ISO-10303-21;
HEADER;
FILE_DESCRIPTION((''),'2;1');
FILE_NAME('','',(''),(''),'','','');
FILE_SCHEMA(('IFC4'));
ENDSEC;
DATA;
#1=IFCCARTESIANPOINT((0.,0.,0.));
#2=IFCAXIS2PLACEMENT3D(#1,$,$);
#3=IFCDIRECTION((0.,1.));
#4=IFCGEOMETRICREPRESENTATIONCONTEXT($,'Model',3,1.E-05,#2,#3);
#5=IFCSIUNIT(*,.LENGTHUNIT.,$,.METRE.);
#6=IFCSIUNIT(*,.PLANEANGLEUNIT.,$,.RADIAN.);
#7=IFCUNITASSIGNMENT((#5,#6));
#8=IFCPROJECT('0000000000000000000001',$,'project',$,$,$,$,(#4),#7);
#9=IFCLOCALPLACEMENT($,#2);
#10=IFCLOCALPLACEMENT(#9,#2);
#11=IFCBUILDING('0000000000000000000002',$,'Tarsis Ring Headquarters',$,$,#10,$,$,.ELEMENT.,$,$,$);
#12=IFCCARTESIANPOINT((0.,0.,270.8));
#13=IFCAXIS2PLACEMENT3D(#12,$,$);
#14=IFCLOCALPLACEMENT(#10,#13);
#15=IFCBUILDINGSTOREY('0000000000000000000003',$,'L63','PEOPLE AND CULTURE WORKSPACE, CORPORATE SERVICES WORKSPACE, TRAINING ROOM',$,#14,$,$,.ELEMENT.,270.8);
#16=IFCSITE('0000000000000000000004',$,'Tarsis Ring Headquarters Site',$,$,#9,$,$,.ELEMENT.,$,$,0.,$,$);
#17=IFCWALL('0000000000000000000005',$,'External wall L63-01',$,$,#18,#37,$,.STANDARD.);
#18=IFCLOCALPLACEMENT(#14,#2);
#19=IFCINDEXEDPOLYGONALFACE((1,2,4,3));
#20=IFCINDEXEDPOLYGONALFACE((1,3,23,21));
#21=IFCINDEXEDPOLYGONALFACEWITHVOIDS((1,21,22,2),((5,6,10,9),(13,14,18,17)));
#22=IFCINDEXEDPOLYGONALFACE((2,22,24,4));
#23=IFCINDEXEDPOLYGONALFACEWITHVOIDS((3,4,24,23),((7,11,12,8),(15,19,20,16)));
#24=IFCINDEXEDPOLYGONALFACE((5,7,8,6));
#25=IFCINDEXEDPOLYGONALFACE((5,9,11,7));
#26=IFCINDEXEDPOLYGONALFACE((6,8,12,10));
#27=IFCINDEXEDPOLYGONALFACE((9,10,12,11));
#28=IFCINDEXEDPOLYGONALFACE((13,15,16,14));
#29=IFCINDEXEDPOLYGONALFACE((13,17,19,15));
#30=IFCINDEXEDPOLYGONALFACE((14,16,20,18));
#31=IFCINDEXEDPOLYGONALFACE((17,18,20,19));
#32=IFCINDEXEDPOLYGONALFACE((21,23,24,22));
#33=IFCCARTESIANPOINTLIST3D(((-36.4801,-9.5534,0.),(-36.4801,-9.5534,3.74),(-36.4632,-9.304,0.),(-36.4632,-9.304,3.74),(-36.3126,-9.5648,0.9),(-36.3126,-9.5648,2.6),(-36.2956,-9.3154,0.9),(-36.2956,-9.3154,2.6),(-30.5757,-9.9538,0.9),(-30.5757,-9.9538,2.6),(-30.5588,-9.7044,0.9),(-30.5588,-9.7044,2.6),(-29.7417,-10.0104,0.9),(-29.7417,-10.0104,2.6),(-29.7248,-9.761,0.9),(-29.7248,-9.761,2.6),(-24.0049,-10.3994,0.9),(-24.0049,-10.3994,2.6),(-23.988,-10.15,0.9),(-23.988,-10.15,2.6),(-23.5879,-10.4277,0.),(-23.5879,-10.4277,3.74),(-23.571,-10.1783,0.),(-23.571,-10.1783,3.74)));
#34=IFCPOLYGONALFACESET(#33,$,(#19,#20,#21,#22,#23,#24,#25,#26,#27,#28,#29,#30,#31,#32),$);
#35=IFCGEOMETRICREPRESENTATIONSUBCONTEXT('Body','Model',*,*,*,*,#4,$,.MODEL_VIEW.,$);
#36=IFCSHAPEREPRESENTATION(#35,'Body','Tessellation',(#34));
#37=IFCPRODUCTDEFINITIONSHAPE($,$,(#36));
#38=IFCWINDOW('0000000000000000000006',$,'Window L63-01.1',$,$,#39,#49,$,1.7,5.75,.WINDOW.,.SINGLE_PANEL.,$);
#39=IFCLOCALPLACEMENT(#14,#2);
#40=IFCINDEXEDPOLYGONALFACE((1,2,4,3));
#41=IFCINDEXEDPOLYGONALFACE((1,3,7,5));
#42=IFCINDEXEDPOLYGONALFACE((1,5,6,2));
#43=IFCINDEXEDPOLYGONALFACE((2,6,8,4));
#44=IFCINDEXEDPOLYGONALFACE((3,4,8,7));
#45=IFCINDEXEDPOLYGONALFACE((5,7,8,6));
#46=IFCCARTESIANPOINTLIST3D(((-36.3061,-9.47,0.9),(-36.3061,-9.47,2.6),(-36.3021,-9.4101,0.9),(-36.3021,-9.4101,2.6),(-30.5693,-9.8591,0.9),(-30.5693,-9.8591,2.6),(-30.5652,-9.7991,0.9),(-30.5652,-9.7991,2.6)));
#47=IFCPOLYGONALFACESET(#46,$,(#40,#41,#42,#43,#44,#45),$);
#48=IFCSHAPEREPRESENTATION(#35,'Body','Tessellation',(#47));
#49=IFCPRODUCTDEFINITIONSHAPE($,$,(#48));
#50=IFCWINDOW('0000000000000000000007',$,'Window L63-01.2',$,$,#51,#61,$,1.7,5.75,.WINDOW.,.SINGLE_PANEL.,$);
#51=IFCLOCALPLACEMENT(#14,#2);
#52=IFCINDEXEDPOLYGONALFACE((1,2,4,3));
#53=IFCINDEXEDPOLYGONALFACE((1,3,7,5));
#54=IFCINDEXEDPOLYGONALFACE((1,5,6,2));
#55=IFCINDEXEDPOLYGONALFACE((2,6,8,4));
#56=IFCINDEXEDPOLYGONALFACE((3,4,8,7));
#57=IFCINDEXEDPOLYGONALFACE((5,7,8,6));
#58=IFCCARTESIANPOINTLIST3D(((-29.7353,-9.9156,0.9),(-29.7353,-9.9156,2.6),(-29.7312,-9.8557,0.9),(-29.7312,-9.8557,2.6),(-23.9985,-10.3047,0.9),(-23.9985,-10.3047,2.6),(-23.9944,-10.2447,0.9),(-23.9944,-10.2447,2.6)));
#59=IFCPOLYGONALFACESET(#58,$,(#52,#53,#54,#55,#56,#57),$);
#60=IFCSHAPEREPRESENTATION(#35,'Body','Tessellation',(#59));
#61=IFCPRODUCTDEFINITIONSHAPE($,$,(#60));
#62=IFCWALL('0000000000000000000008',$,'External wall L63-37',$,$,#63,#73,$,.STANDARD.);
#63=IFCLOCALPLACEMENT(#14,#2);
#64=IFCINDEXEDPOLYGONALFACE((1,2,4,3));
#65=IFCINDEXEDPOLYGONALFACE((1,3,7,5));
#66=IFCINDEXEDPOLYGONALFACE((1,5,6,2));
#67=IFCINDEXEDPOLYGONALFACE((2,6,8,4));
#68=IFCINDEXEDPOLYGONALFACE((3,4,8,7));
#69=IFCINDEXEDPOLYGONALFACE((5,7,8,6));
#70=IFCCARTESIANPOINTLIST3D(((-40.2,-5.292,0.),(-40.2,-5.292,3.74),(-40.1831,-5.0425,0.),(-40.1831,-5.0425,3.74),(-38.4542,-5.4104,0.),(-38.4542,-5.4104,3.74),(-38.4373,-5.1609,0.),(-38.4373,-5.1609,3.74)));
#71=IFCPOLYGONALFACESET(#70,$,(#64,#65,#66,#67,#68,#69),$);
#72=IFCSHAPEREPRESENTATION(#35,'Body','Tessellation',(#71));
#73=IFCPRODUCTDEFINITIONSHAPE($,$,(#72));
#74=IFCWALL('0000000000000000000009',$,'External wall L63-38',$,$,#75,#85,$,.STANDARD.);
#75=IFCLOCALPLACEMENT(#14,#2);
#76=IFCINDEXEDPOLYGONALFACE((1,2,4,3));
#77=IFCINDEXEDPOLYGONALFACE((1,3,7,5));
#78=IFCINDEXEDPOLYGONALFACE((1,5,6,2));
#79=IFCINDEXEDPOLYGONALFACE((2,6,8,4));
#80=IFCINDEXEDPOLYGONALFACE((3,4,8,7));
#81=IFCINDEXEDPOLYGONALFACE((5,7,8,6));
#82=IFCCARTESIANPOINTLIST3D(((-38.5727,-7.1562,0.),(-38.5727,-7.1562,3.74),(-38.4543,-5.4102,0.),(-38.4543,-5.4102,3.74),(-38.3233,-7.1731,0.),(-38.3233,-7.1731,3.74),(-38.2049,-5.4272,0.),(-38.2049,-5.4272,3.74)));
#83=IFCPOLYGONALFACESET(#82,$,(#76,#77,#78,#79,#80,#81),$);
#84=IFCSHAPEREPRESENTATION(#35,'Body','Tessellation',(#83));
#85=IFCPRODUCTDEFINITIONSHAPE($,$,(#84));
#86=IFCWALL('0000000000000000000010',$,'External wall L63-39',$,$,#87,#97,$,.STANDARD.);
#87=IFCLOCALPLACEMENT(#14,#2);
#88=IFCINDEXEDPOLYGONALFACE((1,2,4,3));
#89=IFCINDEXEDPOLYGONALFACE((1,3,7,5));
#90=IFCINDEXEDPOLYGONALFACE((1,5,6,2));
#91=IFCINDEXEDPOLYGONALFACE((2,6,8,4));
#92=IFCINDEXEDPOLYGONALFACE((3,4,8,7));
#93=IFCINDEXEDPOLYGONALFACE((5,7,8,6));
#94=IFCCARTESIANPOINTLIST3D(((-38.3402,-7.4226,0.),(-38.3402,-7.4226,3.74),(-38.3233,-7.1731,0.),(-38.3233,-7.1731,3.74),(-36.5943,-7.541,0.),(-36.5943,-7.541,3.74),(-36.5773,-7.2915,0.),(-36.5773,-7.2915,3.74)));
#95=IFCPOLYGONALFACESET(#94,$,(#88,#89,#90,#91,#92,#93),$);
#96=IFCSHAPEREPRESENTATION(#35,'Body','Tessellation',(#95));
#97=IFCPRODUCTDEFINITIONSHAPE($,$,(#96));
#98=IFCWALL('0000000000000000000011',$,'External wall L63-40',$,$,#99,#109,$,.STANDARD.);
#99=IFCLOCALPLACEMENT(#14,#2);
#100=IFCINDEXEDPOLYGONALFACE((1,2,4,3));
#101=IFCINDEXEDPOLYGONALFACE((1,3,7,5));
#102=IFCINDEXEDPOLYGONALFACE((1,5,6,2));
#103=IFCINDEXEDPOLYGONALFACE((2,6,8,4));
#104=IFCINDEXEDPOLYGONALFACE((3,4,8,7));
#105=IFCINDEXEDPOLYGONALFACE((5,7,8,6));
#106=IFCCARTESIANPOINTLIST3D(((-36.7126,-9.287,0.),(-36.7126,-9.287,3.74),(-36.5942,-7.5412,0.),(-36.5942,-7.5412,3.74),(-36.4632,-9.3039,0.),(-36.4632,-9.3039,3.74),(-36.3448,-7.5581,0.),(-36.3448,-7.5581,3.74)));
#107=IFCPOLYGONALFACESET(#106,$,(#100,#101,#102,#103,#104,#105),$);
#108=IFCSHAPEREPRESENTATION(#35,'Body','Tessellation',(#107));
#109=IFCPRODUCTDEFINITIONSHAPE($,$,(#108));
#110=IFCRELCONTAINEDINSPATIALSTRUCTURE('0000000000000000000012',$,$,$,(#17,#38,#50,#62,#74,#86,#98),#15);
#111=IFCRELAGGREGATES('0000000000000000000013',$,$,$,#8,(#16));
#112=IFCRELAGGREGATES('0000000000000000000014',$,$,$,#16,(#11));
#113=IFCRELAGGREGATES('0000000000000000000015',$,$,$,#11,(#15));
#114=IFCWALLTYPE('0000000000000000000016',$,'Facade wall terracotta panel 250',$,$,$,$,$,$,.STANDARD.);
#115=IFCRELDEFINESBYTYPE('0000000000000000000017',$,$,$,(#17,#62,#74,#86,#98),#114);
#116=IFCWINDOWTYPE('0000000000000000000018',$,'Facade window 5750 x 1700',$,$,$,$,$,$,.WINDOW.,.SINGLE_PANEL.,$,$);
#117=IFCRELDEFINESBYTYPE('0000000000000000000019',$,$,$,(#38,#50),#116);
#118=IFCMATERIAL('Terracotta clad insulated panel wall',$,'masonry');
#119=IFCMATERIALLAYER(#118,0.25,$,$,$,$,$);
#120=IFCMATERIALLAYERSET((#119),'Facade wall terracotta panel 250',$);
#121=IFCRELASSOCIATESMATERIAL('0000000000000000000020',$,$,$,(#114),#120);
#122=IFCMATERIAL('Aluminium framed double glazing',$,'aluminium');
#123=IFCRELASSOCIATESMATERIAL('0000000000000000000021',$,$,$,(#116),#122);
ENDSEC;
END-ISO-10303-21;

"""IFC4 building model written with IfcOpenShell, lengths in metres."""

from ifc_helpers import new_model, si_unit, direction, frame, frame_2d, origin, place, context, subcontext, project, spatial, rectangle, extrude, material, layer, layer_set, type_object, element, fill, save


model = new_model("IFC4")

# Units and contexts
model_context = context("Model", 3, precision=1e-05, world=origin(), true_north=direction((0.0, 1.0)))
body_context = subcontext(model_context, "Body", "Model", "MODEL_VIEW")
ifc_project = project(units=[si_unit("LENGTHUNIT", "METRE"), si_unit("PLANEANGLEUNIT", "RADIAN")], contexts=[model_context])

# Site, building, storey
site_placement = place(None, origin())
site = spatial("IfcSite", under=ifc_project, at=site_placement, Name="Tarsis Ring Headquarters Site", CompositionType="ELEMENT", RefElevation=0.0)
building_placement = place(site_placement, origin())
building = spatial("IfcBuilding", under=site, at=building_placement, Name="Tarsis Ring Headquarters", CompositionType="ELEMENT")
storey_placement = place(building_placement, frame((0.0, 0.0, 270.8)))
storey = spatial("IfcBuildingStorey", under=building, at=storey_placement, Name="L63", Description="PEOPLE AND CULTURE WORKSPACE, CORPORATE SERVICES WORKSPACE, TRAINING ROOM", CompositionType="ELEMENT", Elevation=270.8)

# Wall, openings, windows
ifc_material_1 = material(Name="Terracotta clad insulated panel wall", Category="masonry")
ifc_layer = layer(ifc_material_1, 0.25)
ifc_layer_set = layer_set([ifc_layer], Name="Facade wall terracotta panel 250")
wall_type = type_object("IfcWallType", Name="Facade wall terracotta panel 250", PredefinedType="STANDARD", material=ifc_layer_set)
wall_1_placement = place(storey_placement, frame((-36.4717, -9.4287, 0.0), z_axis=(0.0, 0.0, 1.0), x_axis=(0.997709, -0.067658, 0.0)))
wall_1 = element("IfcWall", 1, at=wall_1_placement, inside=storey, type_object=wall_type, Name="External wall L63-01", PredefinedType="STANDARD", context=body_context, shape_type="SweptSolid", body=[
    extrude(rectangle(XDim=12.9219, YDim=0.25, at=frame_2d((6.4609, 0.0))), origin(), (0.0, 0.0, 1.0), 3.74),
])
opening_1_placement = place(wall_1_placement, frame((0.168, 0.0, 0.8999)))
opening_1 = element("IfcOpeningElement", 2, at=opening_1_placement, cuts=wall_1, PredefinedType="OPENING", context=body_context, shape_type="SweptSolid", body=[
    extrude(rectangle(XDim=5.75, YDim=1.7, at=frame_2d((2.875, 0.8501))), frame((0.0, 0.135, 0.0), z_axis=(0.0, -1.0, 0.0), x_axis=(1.0, 0.0, 0.0)), (0.0, 0.0, 1.0), 0.27),
])
opening_2_placement = place(wall_1_placement, frame((6.7539, 0.0, 0.8999)))
opening_2 = element("IfcOpeningElement", 3, at=opening_2_placement, cuts=wall_1, PredefinedType="OPENING", context=body_context, shape_type="SweptSolid", body=[
    extrude(rectangle(XDim=5.75, YDim=1.7, at=frame_2d((2.875, 0.8501))), frame((0.0, 0.135, 0.0), z_axis=(0.0, -1.0, 0.0), x_axis=(1.0, 0.0, 0.0)), (0.0, 0.0, 1.0), 0.27),
])
ifc_material_2 = material(Name="Aluminium framed double glazing", Category="aluminium")
window_type = type_object("IfcWindowType", Name="Facade window 5750 x 1700", PartitioningType="SINGLE_PANEL", PredefinedType="WINDOW", material=ifc_material_2)
window_1_placement = place(opening_1_placement, origin())
window_1 = element("IfcWindow", 4, at=window_1_placement, inside=storey, type_object=window_type, Name="Window L63-01.1", OverallHeight=1.7, OverallWidth=5.75, PartitioningType="SINGLE_PANEL", PredefinedType="WINDOW", context=body_context, shape_type="SweptSolid", body=[
    extrude(rectangle(XDim=5.75, YDim=1.7, at=frame_2d((2.875, 0.8501))), frame((0.0, 0.03, 0.0), z_axis=(0.0, -1.0, 0.0), x_axis=(1.0, 0.0, 0.0)), (0.0, 0.0, 1.0), 0.0601),
])
fill(opening_1, window_1)
window_2_placement = place(opening_2_placement, origin())
window_2 = element("IfcWindow", 5, at=window_2_placement, inside=storey, type_object=window_type, Name="Window L63-01.2", OverallHeight=1.7, OverallWidth=5.75, PartitioningType="SINGLE_PANEL", PredefinedType="WINDOW", context=body_context, shape_type="SweptSolid", body=[
    extrude(rectangle(XDim=5.75, YDim=1.7, at=frame_2d((2.875, 0.8501))), frame((0.0, 0.03, 0.0), z_axis=(0.0, -1.0, 0.0), x_axis=(1.0, 0.0, 0.0)), (0.0, 0.0, 1.0), 0.0601),
])
fill(opening_2, window_2)

# Walls
wall_2_placement = place(storey_placement, frame((-40.1917, -5.1672, 0.0), z_axis=(0.0, 0.0, 1.0), x_axis=(0.997708, -0.067667, 0.0)))
element("IfcWall", 6, at=wall_2_placement, inside=storey, type_object=wall_type, Name="External wall L63-37", PredefinedType="STANDARD", context=body_context, shape_type="SweptSolid", body=[
    extrude(rectangle(XDim=1.7498, YDim=0.25, at=frame_2d((0.875, 0.0))), origin(), (0.0, 0.0, 1.0), 3.74),
])
for number, where, z_axis, x_axis, name in (
    (7, (-38.3296, -5.4187, 0.0), (0.0, 0.0, 1.0), (-0.067658, -0.997709, 0.0), "External wall L63-38"),
    (8, (-38.3318, -7.2979, 0.0), (0.0, 0.0, 1.0), (0.997709, -0.067658, 0.0), "External wall L63-39"),
):
    element("IfcWall", number, at=place(storey_placement, frame(where, z_axis=z_axis, x_axis=x_axis)), inside=storey, type_object=wall_type, Name=name, PredefinedType="STANDARD", context=body_context, shape_type="SweptSolid", body=[
        extrude(rectangle(XDim=1.75, YDim=0.25, at=frame_2d((0.875, 0.0))), origin(), (0.0, 0.0, 1.0), 3.74),
    ])
wall_3_placement = place(storey_placement, frame((-36.4695, -7.5496, 0.0), z_axis=(0.0, 0.0, 1.0), x_axis=(-0.067667, -0.997708, 0.0)))
element("IfcWall", 9, at=wall_3_placement, inside=storey, type_object=wall_type, Name="External wall L63-40", PredefinedType="STANDARD", context=body_context, shape_type="SweptSolid", body=[
    extrude(rectangle(XDim=1.7498, YDim=0.25, at=frame_2d((0.875, 0.0))), origin(), (0.0, 0.0, 1.0), 3.74),
])

save(model, "model.ifc")
